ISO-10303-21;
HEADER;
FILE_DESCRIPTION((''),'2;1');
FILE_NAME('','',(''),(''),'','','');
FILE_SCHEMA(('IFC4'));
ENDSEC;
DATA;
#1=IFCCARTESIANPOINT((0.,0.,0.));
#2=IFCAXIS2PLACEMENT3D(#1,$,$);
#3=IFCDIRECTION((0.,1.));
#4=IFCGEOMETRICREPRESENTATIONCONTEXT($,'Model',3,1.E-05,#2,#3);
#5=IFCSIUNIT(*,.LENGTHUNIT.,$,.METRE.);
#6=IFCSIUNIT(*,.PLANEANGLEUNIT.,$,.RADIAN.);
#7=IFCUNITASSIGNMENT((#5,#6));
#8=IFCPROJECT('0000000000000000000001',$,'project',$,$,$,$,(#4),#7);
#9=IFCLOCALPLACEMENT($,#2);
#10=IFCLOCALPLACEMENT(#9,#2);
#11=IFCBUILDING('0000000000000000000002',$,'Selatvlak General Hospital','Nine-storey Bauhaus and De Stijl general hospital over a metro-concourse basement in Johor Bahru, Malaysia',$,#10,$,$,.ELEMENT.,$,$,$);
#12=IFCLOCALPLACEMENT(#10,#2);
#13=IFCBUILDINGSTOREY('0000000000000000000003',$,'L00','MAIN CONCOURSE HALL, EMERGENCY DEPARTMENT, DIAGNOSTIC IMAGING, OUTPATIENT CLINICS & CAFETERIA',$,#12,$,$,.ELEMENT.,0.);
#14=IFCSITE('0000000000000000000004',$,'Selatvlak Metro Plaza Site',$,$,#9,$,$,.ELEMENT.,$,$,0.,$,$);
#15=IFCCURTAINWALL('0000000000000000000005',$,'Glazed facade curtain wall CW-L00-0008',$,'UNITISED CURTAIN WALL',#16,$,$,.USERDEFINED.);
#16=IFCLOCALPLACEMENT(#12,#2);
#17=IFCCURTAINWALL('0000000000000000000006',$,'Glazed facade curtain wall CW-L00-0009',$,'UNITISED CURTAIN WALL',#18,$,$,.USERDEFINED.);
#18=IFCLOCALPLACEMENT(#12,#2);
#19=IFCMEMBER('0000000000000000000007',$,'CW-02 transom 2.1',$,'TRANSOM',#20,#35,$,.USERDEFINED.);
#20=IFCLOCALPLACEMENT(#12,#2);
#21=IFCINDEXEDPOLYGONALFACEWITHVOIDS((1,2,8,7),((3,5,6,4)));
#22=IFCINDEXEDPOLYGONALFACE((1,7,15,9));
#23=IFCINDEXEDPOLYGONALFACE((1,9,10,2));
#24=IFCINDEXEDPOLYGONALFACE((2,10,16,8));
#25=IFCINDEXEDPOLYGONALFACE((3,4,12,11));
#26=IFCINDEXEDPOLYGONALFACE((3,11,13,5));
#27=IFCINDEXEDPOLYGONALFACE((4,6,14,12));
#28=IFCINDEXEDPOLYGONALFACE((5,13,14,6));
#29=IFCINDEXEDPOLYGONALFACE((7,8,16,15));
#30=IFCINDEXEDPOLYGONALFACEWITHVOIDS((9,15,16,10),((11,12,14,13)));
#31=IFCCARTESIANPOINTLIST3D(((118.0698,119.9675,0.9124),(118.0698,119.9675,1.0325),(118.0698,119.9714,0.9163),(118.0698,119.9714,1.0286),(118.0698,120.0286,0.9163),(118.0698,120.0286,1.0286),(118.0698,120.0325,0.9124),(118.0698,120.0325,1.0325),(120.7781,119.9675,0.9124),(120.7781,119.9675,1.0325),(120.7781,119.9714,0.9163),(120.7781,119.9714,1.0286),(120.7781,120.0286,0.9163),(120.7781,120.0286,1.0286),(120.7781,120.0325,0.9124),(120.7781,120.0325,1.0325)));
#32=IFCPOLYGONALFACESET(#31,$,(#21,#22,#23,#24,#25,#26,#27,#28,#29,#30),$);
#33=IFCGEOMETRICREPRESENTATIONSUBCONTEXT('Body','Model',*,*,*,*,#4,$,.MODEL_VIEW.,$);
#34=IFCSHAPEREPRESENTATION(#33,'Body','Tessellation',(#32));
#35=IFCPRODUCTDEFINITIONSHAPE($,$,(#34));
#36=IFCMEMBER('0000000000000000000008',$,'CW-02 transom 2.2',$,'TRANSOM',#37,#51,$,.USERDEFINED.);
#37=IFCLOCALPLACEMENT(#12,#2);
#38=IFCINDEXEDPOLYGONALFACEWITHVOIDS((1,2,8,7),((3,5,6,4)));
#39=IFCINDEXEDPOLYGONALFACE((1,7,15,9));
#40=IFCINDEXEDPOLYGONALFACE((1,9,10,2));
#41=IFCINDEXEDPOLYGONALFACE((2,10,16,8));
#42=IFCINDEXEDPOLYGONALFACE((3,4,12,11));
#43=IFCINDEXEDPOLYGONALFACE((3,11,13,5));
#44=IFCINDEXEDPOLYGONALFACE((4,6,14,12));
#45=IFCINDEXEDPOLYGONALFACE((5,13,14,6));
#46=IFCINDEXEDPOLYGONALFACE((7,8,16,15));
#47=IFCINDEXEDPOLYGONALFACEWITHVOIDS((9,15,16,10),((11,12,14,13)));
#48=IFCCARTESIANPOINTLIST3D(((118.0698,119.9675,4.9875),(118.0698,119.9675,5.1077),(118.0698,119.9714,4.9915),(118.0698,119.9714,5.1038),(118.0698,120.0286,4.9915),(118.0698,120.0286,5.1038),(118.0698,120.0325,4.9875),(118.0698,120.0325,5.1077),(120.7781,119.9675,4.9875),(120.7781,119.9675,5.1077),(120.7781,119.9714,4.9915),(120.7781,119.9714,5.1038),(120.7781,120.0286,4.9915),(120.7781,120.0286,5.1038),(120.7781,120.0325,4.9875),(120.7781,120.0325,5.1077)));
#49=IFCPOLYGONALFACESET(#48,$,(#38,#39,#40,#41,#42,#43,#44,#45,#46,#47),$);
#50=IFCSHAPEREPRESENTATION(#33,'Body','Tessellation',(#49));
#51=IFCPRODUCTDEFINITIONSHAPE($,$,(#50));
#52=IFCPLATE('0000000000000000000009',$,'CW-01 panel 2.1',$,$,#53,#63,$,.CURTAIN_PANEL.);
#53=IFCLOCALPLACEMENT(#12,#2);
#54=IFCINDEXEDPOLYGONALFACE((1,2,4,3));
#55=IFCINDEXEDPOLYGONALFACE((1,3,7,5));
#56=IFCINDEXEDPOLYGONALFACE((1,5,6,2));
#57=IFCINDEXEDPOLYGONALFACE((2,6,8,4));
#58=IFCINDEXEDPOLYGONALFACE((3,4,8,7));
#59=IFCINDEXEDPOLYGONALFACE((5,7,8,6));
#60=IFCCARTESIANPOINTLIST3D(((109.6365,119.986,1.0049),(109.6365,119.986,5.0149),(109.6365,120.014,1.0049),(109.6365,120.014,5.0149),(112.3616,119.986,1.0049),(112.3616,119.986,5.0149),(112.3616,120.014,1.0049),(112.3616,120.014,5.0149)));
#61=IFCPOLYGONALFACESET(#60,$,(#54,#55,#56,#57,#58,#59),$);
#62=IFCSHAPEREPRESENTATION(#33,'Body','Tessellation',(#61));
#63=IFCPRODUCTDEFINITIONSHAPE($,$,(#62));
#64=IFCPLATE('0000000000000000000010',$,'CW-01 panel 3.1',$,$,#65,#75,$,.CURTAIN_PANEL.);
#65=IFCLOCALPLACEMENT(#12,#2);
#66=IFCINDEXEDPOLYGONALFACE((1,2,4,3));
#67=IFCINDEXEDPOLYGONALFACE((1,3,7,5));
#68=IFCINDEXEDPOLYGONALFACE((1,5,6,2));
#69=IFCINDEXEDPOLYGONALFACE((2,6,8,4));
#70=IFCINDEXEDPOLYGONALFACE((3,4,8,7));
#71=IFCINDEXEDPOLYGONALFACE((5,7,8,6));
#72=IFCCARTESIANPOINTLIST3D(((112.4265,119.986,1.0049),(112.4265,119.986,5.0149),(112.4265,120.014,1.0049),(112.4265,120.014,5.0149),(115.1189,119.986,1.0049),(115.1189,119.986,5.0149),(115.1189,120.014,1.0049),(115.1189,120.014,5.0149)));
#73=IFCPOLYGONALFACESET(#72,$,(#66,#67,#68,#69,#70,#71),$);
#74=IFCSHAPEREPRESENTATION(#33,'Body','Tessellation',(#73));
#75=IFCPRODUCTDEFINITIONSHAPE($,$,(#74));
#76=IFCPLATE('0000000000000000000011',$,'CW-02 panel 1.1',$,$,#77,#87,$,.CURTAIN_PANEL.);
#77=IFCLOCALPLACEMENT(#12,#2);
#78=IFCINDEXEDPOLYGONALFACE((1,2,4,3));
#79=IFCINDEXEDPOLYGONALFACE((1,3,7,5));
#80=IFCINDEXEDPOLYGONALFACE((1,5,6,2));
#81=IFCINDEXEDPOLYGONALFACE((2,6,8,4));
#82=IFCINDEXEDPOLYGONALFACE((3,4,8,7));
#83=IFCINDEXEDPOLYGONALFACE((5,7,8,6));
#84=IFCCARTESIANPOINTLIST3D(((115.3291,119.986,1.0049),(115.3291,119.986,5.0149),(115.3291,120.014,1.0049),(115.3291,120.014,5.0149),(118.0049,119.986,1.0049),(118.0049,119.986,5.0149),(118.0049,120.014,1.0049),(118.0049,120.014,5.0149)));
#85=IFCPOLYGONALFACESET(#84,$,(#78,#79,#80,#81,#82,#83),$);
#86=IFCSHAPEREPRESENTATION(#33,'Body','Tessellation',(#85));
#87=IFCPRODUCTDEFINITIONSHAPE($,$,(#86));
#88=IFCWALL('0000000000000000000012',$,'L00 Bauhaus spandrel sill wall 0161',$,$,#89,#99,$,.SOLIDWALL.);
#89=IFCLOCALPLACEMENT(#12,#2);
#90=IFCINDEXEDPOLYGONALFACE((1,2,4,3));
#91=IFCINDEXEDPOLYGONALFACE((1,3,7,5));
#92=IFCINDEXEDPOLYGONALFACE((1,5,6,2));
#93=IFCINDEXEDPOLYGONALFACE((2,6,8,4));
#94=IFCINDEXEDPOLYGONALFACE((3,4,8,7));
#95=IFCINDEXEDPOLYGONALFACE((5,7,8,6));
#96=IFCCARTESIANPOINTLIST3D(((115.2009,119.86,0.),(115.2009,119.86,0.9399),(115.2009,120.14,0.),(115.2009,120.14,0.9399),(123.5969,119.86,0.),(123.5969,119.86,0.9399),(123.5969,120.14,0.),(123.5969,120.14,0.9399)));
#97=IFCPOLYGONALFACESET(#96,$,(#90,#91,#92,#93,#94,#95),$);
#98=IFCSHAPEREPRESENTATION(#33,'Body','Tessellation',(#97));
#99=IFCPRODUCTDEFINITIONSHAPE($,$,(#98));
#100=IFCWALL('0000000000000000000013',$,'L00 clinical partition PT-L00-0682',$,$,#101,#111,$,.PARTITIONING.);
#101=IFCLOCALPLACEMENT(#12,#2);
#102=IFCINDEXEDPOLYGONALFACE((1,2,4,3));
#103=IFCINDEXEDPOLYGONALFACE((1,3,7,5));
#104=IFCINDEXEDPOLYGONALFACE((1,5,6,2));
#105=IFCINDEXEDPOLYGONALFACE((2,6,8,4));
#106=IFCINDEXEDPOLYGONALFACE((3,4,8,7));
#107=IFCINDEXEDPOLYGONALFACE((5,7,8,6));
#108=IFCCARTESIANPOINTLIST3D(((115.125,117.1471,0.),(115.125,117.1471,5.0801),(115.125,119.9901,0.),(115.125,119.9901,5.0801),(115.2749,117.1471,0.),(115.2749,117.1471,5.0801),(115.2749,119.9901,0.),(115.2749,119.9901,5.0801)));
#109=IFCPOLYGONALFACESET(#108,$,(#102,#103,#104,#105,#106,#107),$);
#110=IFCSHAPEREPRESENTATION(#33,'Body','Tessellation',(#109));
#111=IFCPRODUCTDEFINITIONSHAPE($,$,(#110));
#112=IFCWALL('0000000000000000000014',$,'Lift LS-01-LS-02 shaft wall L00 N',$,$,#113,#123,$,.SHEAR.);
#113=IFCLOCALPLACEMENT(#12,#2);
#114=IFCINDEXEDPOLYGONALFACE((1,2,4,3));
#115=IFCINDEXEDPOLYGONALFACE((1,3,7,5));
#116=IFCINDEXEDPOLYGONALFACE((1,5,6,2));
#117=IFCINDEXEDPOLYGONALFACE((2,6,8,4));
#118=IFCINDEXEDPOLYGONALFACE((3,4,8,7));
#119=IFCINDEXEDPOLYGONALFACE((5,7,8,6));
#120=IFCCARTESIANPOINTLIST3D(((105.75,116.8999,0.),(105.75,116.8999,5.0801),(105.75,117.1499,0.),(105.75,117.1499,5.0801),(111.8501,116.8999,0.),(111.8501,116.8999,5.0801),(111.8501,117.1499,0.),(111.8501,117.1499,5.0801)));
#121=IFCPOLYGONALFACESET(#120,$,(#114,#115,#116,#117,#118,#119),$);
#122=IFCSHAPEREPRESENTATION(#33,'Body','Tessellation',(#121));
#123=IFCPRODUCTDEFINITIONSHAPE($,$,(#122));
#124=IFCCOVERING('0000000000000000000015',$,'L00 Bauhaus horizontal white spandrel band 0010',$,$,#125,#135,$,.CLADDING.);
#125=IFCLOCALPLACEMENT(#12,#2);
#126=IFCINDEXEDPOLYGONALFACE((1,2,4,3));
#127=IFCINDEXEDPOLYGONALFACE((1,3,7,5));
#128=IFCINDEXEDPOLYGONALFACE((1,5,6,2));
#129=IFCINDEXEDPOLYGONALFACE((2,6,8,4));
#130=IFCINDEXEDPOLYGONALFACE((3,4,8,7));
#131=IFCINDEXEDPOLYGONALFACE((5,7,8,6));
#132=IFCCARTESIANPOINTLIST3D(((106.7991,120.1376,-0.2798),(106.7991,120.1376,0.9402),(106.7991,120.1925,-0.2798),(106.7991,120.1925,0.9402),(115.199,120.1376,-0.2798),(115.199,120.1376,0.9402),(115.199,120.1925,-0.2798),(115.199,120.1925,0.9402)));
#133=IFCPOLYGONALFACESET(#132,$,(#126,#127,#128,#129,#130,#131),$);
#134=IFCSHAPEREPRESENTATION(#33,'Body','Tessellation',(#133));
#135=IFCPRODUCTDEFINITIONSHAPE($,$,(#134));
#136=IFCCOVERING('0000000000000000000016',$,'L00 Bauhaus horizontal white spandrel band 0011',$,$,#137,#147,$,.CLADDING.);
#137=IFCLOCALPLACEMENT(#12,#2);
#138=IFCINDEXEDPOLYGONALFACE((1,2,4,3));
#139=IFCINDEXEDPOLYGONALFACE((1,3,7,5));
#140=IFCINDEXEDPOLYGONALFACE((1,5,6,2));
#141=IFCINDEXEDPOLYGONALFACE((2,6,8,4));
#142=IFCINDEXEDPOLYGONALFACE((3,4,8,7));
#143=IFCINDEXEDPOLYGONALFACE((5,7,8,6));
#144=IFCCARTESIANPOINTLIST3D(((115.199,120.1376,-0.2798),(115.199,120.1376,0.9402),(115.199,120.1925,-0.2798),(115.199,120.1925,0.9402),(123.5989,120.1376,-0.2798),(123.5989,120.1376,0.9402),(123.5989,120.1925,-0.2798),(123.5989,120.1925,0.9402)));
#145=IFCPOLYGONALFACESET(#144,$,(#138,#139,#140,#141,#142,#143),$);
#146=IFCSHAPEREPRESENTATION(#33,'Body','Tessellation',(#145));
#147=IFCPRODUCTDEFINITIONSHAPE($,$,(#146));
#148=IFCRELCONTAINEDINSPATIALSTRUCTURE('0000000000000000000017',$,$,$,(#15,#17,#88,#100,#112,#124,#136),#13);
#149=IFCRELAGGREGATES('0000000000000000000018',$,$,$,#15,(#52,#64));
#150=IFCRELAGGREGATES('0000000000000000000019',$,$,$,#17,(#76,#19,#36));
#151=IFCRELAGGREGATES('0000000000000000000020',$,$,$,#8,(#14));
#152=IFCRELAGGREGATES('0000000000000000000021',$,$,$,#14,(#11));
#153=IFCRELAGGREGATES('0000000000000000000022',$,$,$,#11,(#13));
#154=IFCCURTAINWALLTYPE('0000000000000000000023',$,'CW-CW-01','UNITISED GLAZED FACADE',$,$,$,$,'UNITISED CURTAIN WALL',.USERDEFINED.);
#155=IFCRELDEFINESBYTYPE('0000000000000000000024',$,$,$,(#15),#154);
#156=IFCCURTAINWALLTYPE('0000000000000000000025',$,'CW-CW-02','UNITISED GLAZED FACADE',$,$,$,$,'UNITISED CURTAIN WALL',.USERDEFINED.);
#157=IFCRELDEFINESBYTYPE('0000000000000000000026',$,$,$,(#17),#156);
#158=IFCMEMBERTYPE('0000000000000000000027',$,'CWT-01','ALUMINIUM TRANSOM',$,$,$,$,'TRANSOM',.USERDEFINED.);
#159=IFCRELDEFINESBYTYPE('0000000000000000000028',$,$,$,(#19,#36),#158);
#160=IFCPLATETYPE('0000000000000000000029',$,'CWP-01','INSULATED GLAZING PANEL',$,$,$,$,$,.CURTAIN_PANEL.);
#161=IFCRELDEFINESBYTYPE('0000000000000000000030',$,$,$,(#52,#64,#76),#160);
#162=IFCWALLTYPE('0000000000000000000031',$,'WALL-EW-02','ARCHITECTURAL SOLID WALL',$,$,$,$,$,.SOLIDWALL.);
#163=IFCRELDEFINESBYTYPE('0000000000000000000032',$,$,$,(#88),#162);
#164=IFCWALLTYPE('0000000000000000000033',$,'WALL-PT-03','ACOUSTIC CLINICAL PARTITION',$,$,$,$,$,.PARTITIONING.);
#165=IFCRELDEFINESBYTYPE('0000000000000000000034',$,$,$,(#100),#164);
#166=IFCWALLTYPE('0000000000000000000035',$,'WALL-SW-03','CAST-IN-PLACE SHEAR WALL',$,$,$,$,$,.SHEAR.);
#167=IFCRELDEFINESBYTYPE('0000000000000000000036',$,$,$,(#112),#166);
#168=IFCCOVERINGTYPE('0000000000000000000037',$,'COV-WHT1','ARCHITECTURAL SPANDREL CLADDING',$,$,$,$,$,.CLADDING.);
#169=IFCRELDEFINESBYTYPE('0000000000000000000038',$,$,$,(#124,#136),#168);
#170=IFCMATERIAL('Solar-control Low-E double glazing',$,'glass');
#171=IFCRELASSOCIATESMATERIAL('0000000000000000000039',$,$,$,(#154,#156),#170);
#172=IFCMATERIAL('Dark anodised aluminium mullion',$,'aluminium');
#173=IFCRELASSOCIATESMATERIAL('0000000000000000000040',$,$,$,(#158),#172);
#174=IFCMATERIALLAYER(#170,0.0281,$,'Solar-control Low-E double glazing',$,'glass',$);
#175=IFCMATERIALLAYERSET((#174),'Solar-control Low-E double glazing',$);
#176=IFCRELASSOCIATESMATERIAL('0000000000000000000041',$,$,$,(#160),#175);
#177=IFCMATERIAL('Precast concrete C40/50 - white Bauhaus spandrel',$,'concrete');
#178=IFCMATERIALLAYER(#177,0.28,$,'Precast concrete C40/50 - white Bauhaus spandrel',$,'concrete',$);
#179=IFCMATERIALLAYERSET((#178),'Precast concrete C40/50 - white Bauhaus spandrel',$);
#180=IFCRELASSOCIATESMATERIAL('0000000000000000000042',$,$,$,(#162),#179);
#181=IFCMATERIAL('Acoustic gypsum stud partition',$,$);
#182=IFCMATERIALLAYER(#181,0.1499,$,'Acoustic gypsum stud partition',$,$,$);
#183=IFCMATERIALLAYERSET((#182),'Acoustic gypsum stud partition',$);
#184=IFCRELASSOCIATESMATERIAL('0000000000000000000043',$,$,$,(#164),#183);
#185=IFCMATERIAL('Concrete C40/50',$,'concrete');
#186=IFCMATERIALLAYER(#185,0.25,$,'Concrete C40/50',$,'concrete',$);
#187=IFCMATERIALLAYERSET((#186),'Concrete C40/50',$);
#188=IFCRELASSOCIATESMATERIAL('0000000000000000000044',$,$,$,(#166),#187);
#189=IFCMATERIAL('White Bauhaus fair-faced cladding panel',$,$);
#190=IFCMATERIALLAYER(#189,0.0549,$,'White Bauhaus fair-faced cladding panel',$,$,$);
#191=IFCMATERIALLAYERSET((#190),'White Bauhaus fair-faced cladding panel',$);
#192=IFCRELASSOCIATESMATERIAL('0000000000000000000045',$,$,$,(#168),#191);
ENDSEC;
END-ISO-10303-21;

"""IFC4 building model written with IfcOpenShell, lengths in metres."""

from ifc_helpers import new_model, si_unit, direction, frame, frame_2d, origin, origin_2d, place, context, subcontext, project, spatial, rectangle, hollow_rectangle, extrude, material, layer, layer_set, material_profile, profile_set, type_object, element, aggregate, save


model = new_model("IFC4")

# Units and contexts
model_context = context("Model", 3, precision=1e-05, world=origin(), true_north=direction((0.0, 1.0)))
body_context = subcontext(model_context, "Body", "Model", "MODEL_VIEW")
ifc_project = project(units=[si_unit("LENGTHUNIT", "METRE"), si_unit("PLANEANGLEUNIT", "RADIAN")], contexts=[model_context])

# Site, building, storey
site_placement = place(None, origin())
site = spatial("IfcSite", under=ifc_project, at=site_placement, Name="Selatvlak Metro Plaza Site", CompositionType="ELEMENT", RefElevation=0.0)
building_placement = place(site_placement, origin())
building = spatial("IfcBuilding", under=site, at=building_placement, Name="Selatvlak General Hospital", Description="Nine-storey Bauhaus and De Stijl general hospital over a metro-concourse basement in Johor Bahru, Malaysia", CompositionType="ELEMENT")
storey_placement = place(building_placement, origin())
storey = spatial("IfcBuildingStorey", under=building, at=storey_placement, Name="L00", Description="MAIN CONCOURSE HALL, EMERGENCY DEPARTMENT, DIAGNOSTIC IMAGING, OUTPATIENT CLINICS & CAFETERIA", CompositionType="ELEMENT", Elevation=0.0)

# Shared definitions
ifc_material_1 = material(Name="Concrete C40/50", Category="concrete")

# Curtain walls
ifc_material_2 = material(Name="Solar-control Low-E double glazing", Category="glass")
curtain_wall_type_1 = type_object("IfcCurtainWallType", Name="CW-CW-01", Description="UNITISED GLAZED FACADE", ElementType="UNITISED CURTAIN WALL", PredefinedType="USERDEFINED", material=ifc_material_2)
curtain_wall_1_placement = place(storey_placement, origin())
curtain_wall_1 = element("IfcCurtainWall", 1, at=curtain_wall_1_placement, inside=storey, type_object=curtain_wall_type_1, Name="Glazed facade curtain wall CW-L00-0008", ObjectType="UNITISED CURTAIN WALL", PredefinedType="USERDEFINED")
ifc_material_3 = material(Name="Dark anodised aluminium mullion", Category="aluminium")
curtain_wall_type_2 = type_object("IfcCurtainWallType", Name="CW-CW-02", Description="UNITISED GLAZED FACADE", ElementType="UNITISED CURTAIN WALL", PredefinedType="USERDEFINED", material=ifc_material_2)
curtain_wall_2_placement = place(storey_placement, origin())
curtain_wall_2 = element("IfcCurtainWall", 2, at=curtain_wall_2_placement, inside=storey, type_object=curtain_wall_type_2, Name="Glazed facade curtain wall CW-L00-0009", ObjectType="UNITISED CURTAIN WALL", PredefinedType="USERDEFINED")

# Members
ifc_material_profile_1 = material_profile(ifc_material_3, hollow_rectangle(XDim=0.0649, YDim=0.1201, WallThickness=0.0039, at=origin_2d()), Name="AL-TRN 65x120x4")
ifc_profile_set_1 = profile_set([ifc_material_profile_1], Name="Dark anodised aluminium mullion")
member_type_1 = type_object("IfcMemberType", Name="CWT-01", Description="ALUMINIUM TRANSOM", ElementType="TRANSOM", PredefinedType="USERDEFINED", material=ifc_profile_set_1)
member_1_placement = place(storey_placement, frame((118.0698, 120.0, 0.9724), z_axis=(1.0, 0.0, 0.0), x_axis=(0.0, 1.0, 0.0)))
member_1 = element("IfcMember", 3, at=member_1_placement, type_object=member_type_1, Name="CW-02 transom 2.1", ObjectType="TRANSOM", PredefinedType="USERDEFINED", context=body_context, shape_type="SweptSolid", body=[
    extrude(hollow_rectangle(XDim=0.0649, YDim=0.1201, WallThickness=0.0039, at=origin_2d()), origin(), (0.0, 0.0, 1.0), 2.7083),
])
member_2_placement = place(storey_placement, frame((118.0698, 120.0, 5.0476), z_axis=(1.0, 0.0, 0.0), x_axis=(0.0, 1.0, 0.0)))
member_2 = element("IfcMember", 4, at=member_2_placement, type_object=member_type_1, Name="CW-02 transom 2.2", ObjectType="TRANSOM", PredefinedType="USERDEFINED", context=body_context, shape_type="SweptSolid", body=[
    extrude(hollow_rectangle(XDim=0.0649, YDim=0.1201, WallThickness=0.0039, at=origin_2d()), origin(), (0.0, 0.0, 1.0), 2.7083),
])

# Plates
ifc_layer_1 = layer(ifc_material_2, 0.0281, Name="Solar-control Low-E double glazing", Category="glass")
ifc_layer_set_1 = layer_set([ifc_layer_1], Name="Solar-control Low-E double glazing")
plate_type = type_object("IfcPlateType", Name="CWP-01", Description="INSULATED GLAZING PANEL", PredefinedType="CURTAIN_PANEL", material=ifc_layer_set_1)
plate_1_placement = place(storey_placement, frame((110.999, 120.0, 1.0049), z_axis=(0.0, 0.0, 1.0), x_axis=(1.0, 0.0, 0.0)))
plate_1 = element("IfcPlate", 5, at=plate_1_placement, type_object=plate_type, Name="CW-01 panel 2.1", PredefinedType="CURTAIN_PANEL", context=body_context, shape_type="SweptSolid", body=[
    extrude(rectangle(XDim=2.7251, YDim=0.0281, at=origin_2d()), origin(), (0.0, 0.0, 1.0), 4.01),
])
plate_2_placement = place(storey_placement, frame((113.7727, 120.0, 1.0049), z_axis=(0.0, 0.0, 1.0), x_axis=(1.0, 0.0, 0.0)))
plate_2 = element("IfcPlate", 6, at=plate_2_placement, type_object=plate_type, Name="CW-01 panel 3.1", PredefinedType="CURTAIN_PANEL", context=body_context, shape_type="SweptSolid", body=[
    extrude(rectangle(XDim=2.6924, YDim=0.0281, at=origin_2d()), origin(), (0.0, 0.0, 1.0), 4.01),
])
aggregate(curtain_wall_1, [plate_1, plate_2])
plate_3_placement = place(storey_placement, frame((116.667, 120.0, 1.0049), z_axis=(0.0, 0.0, 1.0), x_axis=(1.0, 0.0, 0.0)))
plate_3 = element("IfcPlate", 7, at=plate_3_placement, type_object=plate_type, Name="CW-02 panel 1.1", PredefinedType="CURTAIN_PANEL", context=body_context, shape_type="SweptSolid", body=[
    extrude(rectangle(XDim=2.6758, YDim=0.0281, at=origin_2d()), origin(), (0.0, 0.0, 1.0), 4.01),
])
aggregate(curtain_wall_2, [plate_3, member_1, member_2])

# Walls
ifc_material_4 = material(Name="Precast concrete C40/50 - white Bauhaus spandrel", Category="concrete")
ifc_layer_2 = layer(ifc_material_4, 0.28, Name="Precast concrete C40/50 - white Bauhaus spandrel", Category="concrete")
ifc_layer_set_2 = layer_set([ifc_layer_2], Name="Precast concrete C40/50 - white Bauhaus spandrel")
wall_type_1 = type_object("IfcWallType", Name="WALL-EW-02", Description="ARCHITECTURAL SOLID WALL", PredefinedType="SOLIDWALL", material=ifc_layer_set_2)
wall_1_placement = place(storey_placement, frame((115.2009, 120.0, 0.0), z_axis=(0.0, 0.0, 1.0), x_axis=(1.0, 0.0, 0.0)))
element("IfcWall", 8, at=wall_1_placement, inside=storey, type_object=wall_type_1, Name="L00 Bauhaus spandrel sill wall 0161", PredefinedType="SOLIDWALL", context=body_context, shape_type="SweptSolid", body=[
    extrude(rectangle(XDim=8.396, YDim=0.28, at=frame_2d((4.198, 0.0))), origin(), (0.0, 0.0, 1.0), 0.9399),
])
ifc_material_5 = material(Name="Acoustic gypsum stud partition")
ifc_layer_3 = layer(ifc_material_5, 0.1499, Name="Acoustic gypsum stud partition")
ifc_layer_set_3 = layer_set([ifc_layer_3], Name="Acoustic gypsum stud partition")
wall_type_2 = type_object("IfcWallType", Name="WALL-PT-03", Description="ACOUSTIC CLINICAL PARTITION", PredefinedType="PARTITIONING", material=ifc_layer_set_3)
wall_2_placement = place(storey_placement, frame((115.2, 119.99, 0.0), z_axis=(0.0, 0.0, 1.0), x_axis=(0.0, -1.0, 0.0)))
element("IfcWall", 9, at=wall_2_placement, inside=storey, type_object=wall_type_2, Name="L00 clinical partition PT-L00-0682", PredefinedType="PARTITIONING", context=body_context, shape_type="SweptSolid", body=[
    extrude(rectangle(XDim=2.843, YDim=0.1499, at=frame_2d((1.4214, 0.0))), origin(), (0.0, 0.0, 1.0), 5.0801),
])
ifc_layer_4 = layer(ifc_material_1, 0.25, Name="Concrete C40/50", Category="concrete")
ifc_layer_set_4 = layer_set([ifc_layer_4], Name="Concrete C40/50")
wall_type_3 = type_object("IfcWallType", Name="WALL-SW-03", Description="CAST-IN-PLACE SHEAR WALL", PredefinedType="SHEAR", material=ifc_layer_set_4)
wall_3_placement = place(storey_placement, frame((111.8501, 117.0249, 0.0), z_axis=(0.0, 0.0, 1.0), x_axis=(-1.0, 0.0, 0.0)))
element("IfcWall", 10, at=wall_3_placement, inside=storey, type_object=wall_type_3, Name="Lift LS-01-LS-02 shaft wall L00 N", PredefinedType="SHEAR", context=body_context, shape_type="SweptSolid", body=[
    extrude(rectangle(XDim=6.1001, YDim=0.25, at=frame_2d((3.05, 0.0))), origin(), (0.0, 0.0, 1.0), 5.0801),
])

# Coverings
ifc_material_6 = material(Name="White Bauhaus fair-faced cladding panel")
ifc_layer_5 = layer(ifc_material_6, 0.0549, Name="White Bauhaus fair-faced cladding panel")
ifc_layer_set_5 = layer_set([ifc_layer_5], Name="White Bauhaus fair-faced cladding panel")
covering_type = type_object("IfcCoveringType", Name="COV-WHT1", Description="ARCHITECTURAL SPANDREL CLADDING", PredefinedType="CLADDING", material=ifc_layer_set_5)
for number, where, z_axis, x_axis, name in (
    (11, (110.999, 120.165, -0.2798), (0.0, 0.0, 1.0), (1.0, 0.0, 0.0), "L00 Bauhaus horizontal white spandrel band 0010"),
    (12, (119.3989, 120.165, -0.2798), (0.0, 0.0, 1.0), (1.0, 0.0, 0.0), "L00 Bauhaus horizontal white spandrel band 0011"),
):
    element("IfcCovering", number, at=place(storey_placement, frame(where, z_axis=z_axis, x_axis=x_axis)), inside=storey, type_object=covering_type, Name=name, PredefinedType="CLADDING", context=body_context, shape_type="SweptSolid", body=[
        extrude(rectangle(XDim=8.3999, YDim=0.0549, at=origin_2d()), origin(), (0.0, 0.0, 1.0), 1.22),
    ])

save(model, "model.ifc")
